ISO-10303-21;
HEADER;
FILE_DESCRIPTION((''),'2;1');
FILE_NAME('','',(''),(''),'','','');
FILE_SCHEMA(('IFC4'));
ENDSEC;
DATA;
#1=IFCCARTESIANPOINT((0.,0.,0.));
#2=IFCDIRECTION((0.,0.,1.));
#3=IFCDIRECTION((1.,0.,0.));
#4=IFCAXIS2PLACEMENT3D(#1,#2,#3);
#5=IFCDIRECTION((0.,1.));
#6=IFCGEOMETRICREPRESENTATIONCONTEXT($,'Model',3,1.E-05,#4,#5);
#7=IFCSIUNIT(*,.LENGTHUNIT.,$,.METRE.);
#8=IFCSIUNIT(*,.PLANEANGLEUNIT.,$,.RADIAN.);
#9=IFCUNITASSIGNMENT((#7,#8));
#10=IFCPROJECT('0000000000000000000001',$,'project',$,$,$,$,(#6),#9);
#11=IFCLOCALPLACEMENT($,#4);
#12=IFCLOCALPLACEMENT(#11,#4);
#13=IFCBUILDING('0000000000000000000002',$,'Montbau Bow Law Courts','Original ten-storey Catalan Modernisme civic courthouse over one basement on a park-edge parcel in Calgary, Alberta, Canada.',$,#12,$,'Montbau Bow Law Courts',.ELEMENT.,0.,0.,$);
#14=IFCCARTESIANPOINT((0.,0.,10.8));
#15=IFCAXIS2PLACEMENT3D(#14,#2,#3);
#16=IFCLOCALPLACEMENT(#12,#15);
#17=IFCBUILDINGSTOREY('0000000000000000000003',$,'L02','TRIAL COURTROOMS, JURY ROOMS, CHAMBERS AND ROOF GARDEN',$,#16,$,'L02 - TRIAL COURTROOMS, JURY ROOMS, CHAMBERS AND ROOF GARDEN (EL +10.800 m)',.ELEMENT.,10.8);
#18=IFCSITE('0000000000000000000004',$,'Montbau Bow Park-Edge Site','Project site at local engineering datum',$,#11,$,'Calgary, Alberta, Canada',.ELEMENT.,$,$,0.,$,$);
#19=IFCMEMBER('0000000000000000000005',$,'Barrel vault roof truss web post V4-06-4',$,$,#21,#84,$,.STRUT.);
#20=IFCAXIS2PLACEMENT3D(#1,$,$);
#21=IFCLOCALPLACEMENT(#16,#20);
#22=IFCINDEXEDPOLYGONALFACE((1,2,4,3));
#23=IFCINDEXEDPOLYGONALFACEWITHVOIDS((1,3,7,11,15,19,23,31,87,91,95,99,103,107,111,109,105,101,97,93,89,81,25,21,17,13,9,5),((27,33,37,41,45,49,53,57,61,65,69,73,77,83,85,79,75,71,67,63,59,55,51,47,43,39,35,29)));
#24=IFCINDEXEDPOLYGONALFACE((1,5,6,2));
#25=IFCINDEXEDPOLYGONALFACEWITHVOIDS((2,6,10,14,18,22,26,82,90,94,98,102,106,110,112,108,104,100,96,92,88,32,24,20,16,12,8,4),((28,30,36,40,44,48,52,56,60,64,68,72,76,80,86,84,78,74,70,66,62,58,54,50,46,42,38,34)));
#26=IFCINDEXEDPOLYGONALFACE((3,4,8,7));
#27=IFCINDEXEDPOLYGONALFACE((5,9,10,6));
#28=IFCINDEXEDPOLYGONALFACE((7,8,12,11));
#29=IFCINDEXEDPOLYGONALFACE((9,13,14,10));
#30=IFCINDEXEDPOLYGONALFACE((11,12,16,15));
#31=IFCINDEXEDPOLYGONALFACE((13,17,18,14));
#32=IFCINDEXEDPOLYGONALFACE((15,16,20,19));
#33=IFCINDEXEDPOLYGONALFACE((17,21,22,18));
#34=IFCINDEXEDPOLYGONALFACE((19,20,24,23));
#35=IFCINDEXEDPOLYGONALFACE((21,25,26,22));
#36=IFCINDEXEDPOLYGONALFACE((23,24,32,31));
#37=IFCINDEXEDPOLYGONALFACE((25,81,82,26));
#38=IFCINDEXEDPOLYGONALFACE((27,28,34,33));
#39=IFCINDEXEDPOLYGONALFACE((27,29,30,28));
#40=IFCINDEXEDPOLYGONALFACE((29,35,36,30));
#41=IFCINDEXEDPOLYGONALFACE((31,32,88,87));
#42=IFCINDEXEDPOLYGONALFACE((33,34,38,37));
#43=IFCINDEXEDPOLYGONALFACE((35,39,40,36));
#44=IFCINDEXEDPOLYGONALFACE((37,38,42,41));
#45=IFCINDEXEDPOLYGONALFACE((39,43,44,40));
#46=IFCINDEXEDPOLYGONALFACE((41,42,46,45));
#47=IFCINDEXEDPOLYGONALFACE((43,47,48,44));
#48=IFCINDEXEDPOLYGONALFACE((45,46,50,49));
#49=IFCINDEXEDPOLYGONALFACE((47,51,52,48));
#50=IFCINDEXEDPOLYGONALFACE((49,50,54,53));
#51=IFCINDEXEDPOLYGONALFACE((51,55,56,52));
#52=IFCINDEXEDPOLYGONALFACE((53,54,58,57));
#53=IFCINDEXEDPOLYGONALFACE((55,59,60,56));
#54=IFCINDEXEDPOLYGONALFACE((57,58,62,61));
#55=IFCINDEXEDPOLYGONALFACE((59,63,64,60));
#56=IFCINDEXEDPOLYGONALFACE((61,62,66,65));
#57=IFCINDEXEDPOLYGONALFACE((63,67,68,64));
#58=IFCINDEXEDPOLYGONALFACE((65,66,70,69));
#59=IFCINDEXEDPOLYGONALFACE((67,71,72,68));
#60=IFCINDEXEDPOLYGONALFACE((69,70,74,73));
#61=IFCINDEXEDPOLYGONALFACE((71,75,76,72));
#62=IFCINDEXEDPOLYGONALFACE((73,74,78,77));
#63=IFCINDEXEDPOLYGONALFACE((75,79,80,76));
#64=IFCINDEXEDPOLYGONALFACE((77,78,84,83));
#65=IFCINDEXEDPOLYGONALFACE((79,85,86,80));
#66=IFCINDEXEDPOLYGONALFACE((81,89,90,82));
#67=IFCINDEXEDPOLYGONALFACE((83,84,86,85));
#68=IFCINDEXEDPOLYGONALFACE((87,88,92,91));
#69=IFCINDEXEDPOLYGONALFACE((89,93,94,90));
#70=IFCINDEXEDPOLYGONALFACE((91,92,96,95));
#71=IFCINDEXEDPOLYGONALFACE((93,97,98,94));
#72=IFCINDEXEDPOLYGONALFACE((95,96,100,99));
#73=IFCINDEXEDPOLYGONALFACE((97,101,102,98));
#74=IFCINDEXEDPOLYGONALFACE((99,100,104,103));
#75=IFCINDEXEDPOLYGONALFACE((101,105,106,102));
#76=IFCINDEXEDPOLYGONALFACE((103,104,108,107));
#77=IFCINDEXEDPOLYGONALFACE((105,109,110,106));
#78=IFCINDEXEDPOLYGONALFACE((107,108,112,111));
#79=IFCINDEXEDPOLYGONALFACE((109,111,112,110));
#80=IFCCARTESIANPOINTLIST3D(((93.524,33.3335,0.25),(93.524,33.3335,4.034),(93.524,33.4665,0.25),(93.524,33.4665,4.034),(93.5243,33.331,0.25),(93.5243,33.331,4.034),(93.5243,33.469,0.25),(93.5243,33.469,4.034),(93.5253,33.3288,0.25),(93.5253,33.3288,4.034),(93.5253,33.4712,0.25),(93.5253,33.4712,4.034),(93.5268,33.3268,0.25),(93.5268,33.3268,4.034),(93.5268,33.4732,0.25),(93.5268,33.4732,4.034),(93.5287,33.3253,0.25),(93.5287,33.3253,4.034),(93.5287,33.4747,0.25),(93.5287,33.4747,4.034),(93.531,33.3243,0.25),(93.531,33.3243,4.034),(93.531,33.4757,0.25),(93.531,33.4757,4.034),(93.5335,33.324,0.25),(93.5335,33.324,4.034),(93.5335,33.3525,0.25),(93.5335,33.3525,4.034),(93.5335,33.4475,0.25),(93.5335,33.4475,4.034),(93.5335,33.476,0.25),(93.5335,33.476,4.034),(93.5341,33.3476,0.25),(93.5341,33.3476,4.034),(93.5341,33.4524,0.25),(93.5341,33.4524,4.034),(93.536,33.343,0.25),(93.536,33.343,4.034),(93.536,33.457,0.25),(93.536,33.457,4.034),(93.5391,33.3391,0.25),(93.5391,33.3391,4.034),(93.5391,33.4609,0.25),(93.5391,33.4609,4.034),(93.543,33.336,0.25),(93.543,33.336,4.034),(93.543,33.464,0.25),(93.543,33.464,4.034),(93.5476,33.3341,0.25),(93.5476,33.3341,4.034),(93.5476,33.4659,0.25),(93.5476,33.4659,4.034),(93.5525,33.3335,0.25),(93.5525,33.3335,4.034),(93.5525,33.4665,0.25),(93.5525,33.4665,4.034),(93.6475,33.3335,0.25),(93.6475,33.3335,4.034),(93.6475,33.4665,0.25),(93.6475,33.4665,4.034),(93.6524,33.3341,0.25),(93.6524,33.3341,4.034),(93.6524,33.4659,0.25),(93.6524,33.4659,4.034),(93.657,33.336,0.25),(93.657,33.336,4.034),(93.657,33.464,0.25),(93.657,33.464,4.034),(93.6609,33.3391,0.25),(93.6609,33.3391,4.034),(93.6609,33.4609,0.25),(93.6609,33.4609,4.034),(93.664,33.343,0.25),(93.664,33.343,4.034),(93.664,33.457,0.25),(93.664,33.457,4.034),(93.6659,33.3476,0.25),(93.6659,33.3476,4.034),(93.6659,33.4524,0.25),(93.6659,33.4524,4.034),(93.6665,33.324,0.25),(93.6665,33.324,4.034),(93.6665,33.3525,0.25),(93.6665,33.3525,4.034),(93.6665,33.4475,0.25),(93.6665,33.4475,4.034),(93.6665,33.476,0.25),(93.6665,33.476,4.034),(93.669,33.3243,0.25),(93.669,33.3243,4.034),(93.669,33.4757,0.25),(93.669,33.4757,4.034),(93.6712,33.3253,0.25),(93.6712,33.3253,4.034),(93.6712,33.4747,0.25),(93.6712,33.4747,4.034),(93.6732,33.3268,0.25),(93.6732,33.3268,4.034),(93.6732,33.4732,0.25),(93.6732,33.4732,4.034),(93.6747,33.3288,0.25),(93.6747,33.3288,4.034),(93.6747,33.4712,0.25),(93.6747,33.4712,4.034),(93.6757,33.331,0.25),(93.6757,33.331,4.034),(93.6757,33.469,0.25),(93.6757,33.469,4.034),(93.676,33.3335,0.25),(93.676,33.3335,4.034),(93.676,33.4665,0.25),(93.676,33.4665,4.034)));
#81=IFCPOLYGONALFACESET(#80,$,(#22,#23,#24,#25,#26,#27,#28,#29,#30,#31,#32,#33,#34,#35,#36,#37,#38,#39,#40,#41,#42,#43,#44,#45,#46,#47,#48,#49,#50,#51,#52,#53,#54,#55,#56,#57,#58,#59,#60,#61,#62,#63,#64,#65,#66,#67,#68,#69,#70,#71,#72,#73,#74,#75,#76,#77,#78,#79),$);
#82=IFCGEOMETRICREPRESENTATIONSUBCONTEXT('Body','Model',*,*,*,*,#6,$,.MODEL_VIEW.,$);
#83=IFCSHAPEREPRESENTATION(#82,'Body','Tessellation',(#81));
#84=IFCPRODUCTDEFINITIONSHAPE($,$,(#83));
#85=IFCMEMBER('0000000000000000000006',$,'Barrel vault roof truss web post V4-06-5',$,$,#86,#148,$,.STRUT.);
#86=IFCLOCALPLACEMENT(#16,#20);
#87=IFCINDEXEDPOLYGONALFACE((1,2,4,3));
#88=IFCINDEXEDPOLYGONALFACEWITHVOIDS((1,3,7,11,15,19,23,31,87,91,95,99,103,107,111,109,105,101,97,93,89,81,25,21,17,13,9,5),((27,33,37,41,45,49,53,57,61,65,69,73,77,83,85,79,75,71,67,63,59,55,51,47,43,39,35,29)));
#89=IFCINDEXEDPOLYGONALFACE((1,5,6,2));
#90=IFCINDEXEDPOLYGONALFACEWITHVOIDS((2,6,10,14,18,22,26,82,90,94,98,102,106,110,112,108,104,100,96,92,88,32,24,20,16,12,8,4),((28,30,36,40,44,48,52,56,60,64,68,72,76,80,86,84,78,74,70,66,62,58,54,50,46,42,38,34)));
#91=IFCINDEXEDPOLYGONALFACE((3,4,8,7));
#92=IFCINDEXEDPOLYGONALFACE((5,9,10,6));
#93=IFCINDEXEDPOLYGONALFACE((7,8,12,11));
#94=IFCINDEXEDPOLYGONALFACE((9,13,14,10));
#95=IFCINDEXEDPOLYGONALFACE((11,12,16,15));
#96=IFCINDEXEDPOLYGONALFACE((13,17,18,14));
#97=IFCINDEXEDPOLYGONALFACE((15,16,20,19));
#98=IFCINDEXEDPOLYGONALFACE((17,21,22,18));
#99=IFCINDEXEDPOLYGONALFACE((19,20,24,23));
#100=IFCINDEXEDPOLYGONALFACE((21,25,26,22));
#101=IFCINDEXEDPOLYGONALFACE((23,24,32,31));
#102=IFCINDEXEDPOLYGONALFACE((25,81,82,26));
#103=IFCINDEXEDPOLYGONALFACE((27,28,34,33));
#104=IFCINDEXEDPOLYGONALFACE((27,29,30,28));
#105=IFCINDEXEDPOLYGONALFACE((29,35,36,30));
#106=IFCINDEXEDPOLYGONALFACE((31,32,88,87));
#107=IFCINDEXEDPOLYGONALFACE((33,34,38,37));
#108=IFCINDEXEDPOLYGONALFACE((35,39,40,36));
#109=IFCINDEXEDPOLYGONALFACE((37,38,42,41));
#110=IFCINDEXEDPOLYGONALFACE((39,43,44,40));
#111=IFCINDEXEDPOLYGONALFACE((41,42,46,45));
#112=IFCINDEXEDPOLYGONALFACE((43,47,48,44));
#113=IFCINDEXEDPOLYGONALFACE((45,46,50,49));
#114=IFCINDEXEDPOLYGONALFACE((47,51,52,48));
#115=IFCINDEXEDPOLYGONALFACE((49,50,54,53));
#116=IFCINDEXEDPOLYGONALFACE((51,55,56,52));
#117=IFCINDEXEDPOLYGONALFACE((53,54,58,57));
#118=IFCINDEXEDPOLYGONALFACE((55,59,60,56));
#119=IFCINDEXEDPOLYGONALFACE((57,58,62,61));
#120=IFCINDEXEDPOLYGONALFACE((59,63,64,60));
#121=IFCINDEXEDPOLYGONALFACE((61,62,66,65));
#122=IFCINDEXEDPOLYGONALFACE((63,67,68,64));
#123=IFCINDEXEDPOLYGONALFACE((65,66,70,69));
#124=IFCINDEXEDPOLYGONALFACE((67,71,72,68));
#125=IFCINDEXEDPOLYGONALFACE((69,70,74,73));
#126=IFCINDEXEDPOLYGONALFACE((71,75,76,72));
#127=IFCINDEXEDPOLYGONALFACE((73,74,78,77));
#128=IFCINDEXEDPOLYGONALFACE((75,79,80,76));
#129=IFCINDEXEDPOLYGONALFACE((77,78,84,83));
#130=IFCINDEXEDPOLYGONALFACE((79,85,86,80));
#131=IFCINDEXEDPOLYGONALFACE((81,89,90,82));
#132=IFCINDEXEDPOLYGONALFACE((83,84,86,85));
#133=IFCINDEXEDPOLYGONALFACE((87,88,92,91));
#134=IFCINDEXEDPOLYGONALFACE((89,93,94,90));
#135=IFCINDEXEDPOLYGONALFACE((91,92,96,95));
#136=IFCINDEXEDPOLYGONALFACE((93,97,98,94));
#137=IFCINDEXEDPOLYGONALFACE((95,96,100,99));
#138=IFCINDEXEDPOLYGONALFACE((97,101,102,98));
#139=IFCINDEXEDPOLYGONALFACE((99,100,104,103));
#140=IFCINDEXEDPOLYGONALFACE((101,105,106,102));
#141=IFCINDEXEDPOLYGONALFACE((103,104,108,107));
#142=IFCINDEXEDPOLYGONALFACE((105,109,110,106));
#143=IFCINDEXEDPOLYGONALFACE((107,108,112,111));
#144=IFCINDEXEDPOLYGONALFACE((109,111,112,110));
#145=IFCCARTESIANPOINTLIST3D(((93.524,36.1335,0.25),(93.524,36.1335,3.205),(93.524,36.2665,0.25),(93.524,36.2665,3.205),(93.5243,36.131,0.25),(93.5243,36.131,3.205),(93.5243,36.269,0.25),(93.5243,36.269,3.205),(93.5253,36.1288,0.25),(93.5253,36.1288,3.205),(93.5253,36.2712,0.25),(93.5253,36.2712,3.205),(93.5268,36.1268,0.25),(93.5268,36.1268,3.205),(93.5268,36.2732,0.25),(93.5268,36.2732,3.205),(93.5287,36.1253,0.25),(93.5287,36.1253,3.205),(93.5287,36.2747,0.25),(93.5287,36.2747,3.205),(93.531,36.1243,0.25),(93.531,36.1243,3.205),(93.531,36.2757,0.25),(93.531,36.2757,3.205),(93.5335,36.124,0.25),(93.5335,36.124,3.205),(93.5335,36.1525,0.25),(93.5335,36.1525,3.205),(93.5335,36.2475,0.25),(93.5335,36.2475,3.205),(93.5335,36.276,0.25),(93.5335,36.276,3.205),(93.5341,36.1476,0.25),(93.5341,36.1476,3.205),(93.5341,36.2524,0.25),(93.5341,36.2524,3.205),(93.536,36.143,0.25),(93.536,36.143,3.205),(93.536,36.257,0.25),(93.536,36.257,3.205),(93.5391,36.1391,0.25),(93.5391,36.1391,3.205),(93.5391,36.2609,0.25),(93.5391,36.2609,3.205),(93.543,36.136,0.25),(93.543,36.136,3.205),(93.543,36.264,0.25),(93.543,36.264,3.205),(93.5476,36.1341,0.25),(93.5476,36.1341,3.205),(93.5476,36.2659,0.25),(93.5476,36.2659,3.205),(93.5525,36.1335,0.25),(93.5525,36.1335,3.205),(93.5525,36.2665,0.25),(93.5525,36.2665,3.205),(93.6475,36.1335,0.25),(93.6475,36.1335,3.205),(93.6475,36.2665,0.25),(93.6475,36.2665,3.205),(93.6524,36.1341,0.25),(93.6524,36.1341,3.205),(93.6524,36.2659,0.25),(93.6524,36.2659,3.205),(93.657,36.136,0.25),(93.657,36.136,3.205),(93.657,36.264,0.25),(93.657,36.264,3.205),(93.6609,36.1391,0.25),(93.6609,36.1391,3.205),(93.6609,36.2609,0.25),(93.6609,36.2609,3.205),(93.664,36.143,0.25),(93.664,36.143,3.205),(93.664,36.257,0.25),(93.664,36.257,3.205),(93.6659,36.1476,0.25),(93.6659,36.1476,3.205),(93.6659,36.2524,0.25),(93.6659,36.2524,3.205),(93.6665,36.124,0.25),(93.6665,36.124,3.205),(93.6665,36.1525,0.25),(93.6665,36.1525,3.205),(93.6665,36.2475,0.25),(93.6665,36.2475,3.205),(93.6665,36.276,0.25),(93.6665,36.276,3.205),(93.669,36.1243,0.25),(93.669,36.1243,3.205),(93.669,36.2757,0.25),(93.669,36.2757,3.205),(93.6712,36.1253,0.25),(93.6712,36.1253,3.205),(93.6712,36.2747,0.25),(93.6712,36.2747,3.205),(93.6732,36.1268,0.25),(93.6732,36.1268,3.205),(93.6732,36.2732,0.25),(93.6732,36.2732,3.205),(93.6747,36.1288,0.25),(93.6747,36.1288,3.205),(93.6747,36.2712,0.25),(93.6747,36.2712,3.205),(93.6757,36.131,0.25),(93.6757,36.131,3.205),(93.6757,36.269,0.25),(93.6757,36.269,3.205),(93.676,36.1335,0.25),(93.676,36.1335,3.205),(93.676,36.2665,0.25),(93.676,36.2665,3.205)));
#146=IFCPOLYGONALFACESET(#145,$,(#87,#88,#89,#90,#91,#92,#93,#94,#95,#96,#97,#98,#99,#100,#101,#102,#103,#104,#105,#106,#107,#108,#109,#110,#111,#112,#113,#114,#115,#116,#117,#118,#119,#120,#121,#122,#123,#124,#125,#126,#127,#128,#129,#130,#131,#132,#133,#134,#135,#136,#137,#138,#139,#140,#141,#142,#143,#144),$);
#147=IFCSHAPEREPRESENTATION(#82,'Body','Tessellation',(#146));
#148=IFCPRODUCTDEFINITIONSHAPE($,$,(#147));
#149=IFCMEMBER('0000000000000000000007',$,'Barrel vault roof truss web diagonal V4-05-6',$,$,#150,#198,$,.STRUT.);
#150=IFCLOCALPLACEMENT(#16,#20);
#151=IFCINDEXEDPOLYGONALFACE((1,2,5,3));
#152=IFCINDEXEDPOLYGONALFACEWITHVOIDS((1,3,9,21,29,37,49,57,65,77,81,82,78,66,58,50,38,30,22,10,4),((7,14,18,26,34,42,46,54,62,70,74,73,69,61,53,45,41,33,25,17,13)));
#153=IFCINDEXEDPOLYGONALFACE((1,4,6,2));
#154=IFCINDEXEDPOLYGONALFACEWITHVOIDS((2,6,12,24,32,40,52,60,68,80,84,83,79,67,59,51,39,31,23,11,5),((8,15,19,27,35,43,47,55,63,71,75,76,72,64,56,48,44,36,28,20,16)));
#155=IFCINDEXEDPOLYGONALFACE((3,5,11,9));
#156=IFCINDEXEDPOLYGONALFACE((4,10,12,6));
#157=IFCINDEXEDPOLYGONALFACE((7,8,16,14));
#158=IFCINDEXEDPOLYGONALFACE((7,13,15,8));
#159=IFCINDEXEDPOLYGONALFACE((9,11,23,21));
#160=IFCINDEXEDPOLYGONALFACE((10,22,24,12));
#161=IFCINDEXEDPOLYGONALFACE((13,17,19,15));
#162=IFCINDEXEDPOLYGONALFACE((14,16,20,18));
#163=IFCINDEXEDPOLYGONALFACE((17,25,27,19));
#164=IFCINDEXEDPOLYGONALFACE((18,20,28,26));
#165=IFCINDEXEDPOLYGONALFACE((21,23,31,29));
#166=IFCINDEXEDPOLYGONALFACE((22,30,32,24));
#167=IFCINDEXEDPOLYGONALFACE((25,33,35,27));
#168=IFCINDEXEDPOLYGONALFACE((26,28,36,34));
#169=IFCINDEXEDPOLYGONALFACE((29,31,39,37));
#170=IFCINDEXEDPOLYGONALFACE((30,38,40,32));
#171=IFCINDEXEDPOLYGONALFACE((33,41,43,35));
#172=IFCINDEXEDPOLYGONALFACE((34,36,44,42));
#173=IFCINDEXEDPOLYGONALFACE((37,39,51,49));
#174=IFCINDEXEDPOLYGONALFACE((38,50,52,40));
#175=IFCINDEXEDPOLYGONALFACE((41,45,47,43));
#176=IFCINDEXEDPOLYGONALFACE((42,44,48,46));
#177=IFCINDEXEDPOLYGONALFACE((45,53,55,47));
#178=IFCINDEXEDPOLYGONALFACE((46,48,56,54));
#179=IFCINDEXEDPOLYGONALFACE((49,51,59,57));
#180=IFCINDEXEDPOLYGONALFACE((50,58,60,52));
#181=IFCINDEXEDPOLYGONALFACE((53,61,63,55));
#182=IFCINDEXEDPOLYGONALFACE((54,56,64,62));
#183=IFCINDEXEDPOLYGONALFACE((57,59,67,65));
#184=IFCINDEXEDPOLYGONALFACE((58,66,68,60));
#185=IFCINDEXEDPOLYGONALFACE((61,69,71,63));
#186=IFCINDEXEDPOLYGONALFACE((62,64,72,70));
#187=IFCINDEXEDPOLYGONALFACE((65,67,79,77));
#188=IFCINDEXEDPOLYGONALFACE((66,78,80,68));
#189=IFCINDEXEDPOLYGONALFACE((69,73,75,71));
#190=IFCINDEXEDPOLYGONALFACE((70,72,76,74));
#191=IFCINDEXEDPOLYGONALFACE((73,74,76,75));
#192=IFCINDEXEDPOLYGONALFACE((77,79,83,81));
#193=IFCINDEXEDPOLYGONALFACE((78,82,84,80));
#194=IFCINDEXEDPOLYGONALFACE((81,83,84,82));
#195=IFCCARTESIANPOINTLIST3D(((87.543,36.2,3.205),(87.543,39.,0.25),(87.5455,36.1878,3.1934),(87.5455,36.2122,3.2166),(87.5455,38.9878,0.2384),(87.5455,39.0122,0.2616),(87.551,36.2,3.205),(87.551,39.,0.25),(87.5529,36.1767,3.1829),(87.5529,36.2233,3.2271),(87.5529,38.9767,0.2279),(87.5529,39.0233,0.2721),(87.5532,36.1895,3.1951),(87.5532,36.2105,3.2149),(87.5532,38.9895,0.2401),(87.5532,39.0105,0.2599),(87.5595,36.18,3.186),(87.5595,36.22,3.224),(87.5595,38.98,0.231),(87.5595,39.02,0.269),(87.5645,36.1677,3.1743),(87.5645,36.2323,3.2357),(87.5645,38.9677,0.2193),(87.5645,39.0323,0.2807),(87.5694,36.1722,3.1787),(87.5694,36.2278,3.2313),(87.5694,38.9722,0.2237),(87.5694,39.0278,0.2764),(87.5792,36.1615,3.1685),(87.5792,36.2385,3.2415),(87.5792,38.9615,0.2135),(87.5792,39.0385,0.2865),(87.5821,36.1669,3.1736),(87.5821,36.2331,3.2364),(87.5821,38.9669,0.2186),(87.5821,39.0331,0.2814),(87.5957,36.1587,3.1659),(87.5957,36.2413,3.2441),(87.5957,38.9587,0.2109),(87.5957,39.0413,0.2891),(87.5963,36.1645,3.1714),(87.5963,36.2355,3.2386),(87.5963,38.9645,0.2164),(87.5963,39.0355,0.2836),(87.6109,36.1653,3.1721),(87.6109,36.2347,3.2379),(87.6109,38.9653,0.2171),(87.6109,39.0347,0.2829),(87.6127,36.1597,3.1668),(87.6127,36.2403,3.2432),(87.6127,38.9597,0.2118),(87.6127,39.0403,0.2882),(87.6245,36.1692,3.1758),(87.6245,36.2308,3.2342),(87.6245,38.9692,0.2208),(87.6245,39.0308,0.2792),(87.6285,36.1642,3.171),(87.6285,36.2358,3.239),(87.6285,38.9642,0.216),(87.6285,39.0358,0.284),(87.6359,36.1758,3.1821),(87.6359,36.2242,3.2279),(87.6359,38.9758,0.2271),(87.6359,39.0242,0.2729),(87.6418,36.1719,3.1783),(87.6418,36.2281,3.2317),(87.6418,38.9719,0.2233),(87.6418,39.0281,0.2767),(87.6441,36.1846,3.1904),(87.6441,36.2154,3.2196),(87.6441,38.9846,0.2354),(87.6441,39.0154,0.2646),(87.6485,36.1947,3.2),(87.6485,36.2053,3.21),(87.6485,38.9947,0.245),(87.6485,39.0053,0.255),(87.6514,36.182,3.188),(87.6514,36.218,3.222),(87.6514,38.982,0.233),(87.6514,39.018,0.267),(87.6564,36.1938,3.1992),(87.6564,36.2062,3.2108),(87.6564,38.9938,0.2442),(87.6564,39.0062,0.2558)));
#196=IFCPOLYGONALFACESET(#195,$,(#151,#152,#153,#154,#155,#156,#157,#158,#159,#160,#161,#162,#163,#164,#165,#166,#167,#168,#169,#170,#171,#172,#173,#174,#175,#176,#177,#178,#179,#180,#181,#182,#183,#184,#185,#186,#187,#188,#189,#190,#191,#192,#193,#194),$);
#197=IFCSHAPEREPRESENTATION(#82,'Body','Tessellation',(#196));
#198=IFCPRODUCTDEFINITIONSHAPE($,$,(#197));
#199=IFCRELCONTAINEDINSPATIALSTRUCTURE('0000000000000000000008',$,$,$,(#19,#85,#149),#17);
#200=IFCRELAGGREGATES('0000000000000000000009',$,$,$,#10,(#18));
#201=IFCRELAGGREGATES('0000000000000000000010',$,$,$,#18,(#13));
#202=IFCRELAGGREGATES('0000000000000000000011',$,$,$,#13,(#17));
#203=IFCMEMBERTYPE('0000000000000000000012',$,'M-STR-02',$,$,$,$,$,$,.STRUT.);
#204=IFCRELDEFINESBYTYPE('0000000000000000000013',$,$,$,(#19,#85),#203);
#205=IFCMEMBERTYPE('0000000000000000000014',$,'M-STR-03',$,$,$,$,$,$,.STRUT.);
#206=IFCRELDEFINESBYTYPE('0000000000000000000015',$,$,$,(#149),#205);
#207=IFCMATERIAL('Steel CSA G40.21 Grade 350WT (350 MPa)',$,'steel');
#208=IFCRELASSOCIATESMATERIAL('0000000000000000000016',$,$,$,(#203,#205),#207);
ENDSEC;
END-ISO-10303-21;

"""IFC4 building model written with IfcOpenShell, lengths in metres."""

from ifc_helpers import new_model, si_unit, direction, frame, origin_with_axes, origin_2d_with_axis, place, context, subcontext, project, spatial, hollow_rectangle, hollow_circle, extrude, material, material_profile, profile_set, type_object, element, save


model = new_model("IFC4")

# Units and contexts
model_context = context("Model", 3, precision=1e-05, world=origin_with_axes(), true_north=direction((0.0, 1.0)))
body_context = subcontext(model_context, "Body", "Model", "MODEL_VIEW")
ifc_project = project(units=[si_unit("LENGTHUNIT", "METRE"), si_unit("PLANEANGLEUNIT", "RADIAN")], contexts=[model_context])

# Site, building, storey
site_placement = place(None, origin_with_axes())
site = spatial("IfcSite", under=ifc_project, at=site_placement, Name="Montbau Bow Park-Edge Site", Description="Project site at local engineering datum", LongName="Calgary, Alberta, Canada", CompositionType="ELEMENT", RefElevation=0.0)
building_placement = place(site_placement, origin_with_axes())
building = spatial("IfcBuilding", under=site, at=building_placement, Name="Montbau Bow Law Courts", Description="Original ten-storey Catalan Modernisme civic courthouse over one basement on a park-edge parcel in Calgary, Alberta, Canada.", LongName="Montbau Bow Law Courts", CompositionType="ELEMENT", ElevationOfRefHeight=0.0, ElevationOfTerrain=0.0)
storey_placement = place(building_placement, frame((0.0, 0.0, 10.8), z_axis=(0.0, 0.0, 1.0), x_axis=(1.0, 0.0, 0.0)))
storey = spatial("IfcBuildingStorey", under=building, at=storey_placement, Name="L02", Description="TRIAL COURTROOMS, JURY ROOMS, CHAMBERS AND ROOF GARDEN", LongName="L02 - TRIAL COURTROOMS, JURY ROOMS, CHAMBERS AND ROOF GARDEN (EL +10.800 m)", CompositionType="ELEMENT", Elevation=10.8)

# Shared definitions
ifc_material_1 = material(Name="Steel CSA G40.21 Grade 350WT (350 MPa)", Category="steel")

# Members
ifc_material_profile_1 = material_profile(ifc_material_1, hollow_rectangle(XDim=0.152, YDim=0.152, WallThickness=0.0095, InnerFilletRadius=0.019, OuterFilletRadius=0.0095, at=origin_2d_with_axis()), Name="HSS152X152X9.5", Category="Main", Priority=0)
ifc_profile_set_1 = profile_set([ifc_material_profile_1], Name="Steel CSA G40.21 Grade 350WT (350 MPa)")
member_type_1 = type_object("IfcMemberType", Name="M-STR-02", PredefinedType="STRUT", material=ifc_profile_set_1)
member_1_placement = place(None, frame((93.6, 33.4, 11.05), z_axis=(0.0, 0.0, 1.0), x_axis=(1.0, 0.0, 0.0)))
element("IfcMember", 1, at=member_1_placement, inside=storey, type_object=member_type_1, Name="Barrel vault roof truss web post V4-06-4", PredefinedType="STRUT", context=body_context, shape_type="SweptSolid", body=[
    extrude(hollow_rectangle(XDim=0.152, YDim=0.152, WallThickness=0.0095, InnerFilletRadius=0.019, OuterFilletRadius=0.0095, at=origin_2d_with_axis()), origin_with_axes(), (0.0, 0.0, 1.0), 3.784),
])
member_2_placement = place(None, frame((93.6, 36.2, 11.05), z_axis=(0.0, 0.0, 1.0), x_axis=(1.0, 0.0, 0.0)))
element("IfcMember", 2, at=member_2_placement, inside=storey, type_object=member_type_1, Name="Barrel vault roof truss web post V4-06-5", PredefinedType="STRUT", context=body_context, shape_type="SweptSolid", body=[
    extrude(hollow_rectangle(XDim=0.152, YDim=0.152, WallThickness=0.0095, InnerFilletRadius=0.019, OuterFilletRadius=0.0095, at=origin_2d_with_axis()), origin_with_axes(), (0.0, 0.0, 1.0), 2.955),
])
ifc_material_profile_2 = material_profile(ifc_material_1, hollow_circle(Radius=0.057, WallThickness=0.008, at=origin_2d_with_axis()), Name="HSS114X8.0", Category="Main", Priority=0)
ifc_profile_set_2 = profile_set([ifc_material_profile_2], Name="Steel CSA G40.21 Grade 350WT (350 MPa)")
member_type_2 = type_object("IfcMemberType", Name="M-STR-03", PredefinedType="STRUT", material=ifc_profile_set_2)
member_3_placement = place(None, frame((87.6, 36.2, 14.005), z_axis=(0.0, 0.687813, -0.725888), x_axis=(-1.0, 0.0, 0.0)))
element("IfcMember", 3, at=member_3_placement, inside=storey, type_object=member_type_2, Name="Barrel vault roof truss web diagonal V4-05-6", PredefinedType="STRUT", context=body_context, shape_type="SweptSolid", body=[
    extrude(hollow_circle(Radius=0.057, WallThickness=0.008, at=origin_2d_with_axis()), origin_with_axes(), (0.0, 0.0, 1.0), 4.0709),
])

save(model, "model.ifc")
